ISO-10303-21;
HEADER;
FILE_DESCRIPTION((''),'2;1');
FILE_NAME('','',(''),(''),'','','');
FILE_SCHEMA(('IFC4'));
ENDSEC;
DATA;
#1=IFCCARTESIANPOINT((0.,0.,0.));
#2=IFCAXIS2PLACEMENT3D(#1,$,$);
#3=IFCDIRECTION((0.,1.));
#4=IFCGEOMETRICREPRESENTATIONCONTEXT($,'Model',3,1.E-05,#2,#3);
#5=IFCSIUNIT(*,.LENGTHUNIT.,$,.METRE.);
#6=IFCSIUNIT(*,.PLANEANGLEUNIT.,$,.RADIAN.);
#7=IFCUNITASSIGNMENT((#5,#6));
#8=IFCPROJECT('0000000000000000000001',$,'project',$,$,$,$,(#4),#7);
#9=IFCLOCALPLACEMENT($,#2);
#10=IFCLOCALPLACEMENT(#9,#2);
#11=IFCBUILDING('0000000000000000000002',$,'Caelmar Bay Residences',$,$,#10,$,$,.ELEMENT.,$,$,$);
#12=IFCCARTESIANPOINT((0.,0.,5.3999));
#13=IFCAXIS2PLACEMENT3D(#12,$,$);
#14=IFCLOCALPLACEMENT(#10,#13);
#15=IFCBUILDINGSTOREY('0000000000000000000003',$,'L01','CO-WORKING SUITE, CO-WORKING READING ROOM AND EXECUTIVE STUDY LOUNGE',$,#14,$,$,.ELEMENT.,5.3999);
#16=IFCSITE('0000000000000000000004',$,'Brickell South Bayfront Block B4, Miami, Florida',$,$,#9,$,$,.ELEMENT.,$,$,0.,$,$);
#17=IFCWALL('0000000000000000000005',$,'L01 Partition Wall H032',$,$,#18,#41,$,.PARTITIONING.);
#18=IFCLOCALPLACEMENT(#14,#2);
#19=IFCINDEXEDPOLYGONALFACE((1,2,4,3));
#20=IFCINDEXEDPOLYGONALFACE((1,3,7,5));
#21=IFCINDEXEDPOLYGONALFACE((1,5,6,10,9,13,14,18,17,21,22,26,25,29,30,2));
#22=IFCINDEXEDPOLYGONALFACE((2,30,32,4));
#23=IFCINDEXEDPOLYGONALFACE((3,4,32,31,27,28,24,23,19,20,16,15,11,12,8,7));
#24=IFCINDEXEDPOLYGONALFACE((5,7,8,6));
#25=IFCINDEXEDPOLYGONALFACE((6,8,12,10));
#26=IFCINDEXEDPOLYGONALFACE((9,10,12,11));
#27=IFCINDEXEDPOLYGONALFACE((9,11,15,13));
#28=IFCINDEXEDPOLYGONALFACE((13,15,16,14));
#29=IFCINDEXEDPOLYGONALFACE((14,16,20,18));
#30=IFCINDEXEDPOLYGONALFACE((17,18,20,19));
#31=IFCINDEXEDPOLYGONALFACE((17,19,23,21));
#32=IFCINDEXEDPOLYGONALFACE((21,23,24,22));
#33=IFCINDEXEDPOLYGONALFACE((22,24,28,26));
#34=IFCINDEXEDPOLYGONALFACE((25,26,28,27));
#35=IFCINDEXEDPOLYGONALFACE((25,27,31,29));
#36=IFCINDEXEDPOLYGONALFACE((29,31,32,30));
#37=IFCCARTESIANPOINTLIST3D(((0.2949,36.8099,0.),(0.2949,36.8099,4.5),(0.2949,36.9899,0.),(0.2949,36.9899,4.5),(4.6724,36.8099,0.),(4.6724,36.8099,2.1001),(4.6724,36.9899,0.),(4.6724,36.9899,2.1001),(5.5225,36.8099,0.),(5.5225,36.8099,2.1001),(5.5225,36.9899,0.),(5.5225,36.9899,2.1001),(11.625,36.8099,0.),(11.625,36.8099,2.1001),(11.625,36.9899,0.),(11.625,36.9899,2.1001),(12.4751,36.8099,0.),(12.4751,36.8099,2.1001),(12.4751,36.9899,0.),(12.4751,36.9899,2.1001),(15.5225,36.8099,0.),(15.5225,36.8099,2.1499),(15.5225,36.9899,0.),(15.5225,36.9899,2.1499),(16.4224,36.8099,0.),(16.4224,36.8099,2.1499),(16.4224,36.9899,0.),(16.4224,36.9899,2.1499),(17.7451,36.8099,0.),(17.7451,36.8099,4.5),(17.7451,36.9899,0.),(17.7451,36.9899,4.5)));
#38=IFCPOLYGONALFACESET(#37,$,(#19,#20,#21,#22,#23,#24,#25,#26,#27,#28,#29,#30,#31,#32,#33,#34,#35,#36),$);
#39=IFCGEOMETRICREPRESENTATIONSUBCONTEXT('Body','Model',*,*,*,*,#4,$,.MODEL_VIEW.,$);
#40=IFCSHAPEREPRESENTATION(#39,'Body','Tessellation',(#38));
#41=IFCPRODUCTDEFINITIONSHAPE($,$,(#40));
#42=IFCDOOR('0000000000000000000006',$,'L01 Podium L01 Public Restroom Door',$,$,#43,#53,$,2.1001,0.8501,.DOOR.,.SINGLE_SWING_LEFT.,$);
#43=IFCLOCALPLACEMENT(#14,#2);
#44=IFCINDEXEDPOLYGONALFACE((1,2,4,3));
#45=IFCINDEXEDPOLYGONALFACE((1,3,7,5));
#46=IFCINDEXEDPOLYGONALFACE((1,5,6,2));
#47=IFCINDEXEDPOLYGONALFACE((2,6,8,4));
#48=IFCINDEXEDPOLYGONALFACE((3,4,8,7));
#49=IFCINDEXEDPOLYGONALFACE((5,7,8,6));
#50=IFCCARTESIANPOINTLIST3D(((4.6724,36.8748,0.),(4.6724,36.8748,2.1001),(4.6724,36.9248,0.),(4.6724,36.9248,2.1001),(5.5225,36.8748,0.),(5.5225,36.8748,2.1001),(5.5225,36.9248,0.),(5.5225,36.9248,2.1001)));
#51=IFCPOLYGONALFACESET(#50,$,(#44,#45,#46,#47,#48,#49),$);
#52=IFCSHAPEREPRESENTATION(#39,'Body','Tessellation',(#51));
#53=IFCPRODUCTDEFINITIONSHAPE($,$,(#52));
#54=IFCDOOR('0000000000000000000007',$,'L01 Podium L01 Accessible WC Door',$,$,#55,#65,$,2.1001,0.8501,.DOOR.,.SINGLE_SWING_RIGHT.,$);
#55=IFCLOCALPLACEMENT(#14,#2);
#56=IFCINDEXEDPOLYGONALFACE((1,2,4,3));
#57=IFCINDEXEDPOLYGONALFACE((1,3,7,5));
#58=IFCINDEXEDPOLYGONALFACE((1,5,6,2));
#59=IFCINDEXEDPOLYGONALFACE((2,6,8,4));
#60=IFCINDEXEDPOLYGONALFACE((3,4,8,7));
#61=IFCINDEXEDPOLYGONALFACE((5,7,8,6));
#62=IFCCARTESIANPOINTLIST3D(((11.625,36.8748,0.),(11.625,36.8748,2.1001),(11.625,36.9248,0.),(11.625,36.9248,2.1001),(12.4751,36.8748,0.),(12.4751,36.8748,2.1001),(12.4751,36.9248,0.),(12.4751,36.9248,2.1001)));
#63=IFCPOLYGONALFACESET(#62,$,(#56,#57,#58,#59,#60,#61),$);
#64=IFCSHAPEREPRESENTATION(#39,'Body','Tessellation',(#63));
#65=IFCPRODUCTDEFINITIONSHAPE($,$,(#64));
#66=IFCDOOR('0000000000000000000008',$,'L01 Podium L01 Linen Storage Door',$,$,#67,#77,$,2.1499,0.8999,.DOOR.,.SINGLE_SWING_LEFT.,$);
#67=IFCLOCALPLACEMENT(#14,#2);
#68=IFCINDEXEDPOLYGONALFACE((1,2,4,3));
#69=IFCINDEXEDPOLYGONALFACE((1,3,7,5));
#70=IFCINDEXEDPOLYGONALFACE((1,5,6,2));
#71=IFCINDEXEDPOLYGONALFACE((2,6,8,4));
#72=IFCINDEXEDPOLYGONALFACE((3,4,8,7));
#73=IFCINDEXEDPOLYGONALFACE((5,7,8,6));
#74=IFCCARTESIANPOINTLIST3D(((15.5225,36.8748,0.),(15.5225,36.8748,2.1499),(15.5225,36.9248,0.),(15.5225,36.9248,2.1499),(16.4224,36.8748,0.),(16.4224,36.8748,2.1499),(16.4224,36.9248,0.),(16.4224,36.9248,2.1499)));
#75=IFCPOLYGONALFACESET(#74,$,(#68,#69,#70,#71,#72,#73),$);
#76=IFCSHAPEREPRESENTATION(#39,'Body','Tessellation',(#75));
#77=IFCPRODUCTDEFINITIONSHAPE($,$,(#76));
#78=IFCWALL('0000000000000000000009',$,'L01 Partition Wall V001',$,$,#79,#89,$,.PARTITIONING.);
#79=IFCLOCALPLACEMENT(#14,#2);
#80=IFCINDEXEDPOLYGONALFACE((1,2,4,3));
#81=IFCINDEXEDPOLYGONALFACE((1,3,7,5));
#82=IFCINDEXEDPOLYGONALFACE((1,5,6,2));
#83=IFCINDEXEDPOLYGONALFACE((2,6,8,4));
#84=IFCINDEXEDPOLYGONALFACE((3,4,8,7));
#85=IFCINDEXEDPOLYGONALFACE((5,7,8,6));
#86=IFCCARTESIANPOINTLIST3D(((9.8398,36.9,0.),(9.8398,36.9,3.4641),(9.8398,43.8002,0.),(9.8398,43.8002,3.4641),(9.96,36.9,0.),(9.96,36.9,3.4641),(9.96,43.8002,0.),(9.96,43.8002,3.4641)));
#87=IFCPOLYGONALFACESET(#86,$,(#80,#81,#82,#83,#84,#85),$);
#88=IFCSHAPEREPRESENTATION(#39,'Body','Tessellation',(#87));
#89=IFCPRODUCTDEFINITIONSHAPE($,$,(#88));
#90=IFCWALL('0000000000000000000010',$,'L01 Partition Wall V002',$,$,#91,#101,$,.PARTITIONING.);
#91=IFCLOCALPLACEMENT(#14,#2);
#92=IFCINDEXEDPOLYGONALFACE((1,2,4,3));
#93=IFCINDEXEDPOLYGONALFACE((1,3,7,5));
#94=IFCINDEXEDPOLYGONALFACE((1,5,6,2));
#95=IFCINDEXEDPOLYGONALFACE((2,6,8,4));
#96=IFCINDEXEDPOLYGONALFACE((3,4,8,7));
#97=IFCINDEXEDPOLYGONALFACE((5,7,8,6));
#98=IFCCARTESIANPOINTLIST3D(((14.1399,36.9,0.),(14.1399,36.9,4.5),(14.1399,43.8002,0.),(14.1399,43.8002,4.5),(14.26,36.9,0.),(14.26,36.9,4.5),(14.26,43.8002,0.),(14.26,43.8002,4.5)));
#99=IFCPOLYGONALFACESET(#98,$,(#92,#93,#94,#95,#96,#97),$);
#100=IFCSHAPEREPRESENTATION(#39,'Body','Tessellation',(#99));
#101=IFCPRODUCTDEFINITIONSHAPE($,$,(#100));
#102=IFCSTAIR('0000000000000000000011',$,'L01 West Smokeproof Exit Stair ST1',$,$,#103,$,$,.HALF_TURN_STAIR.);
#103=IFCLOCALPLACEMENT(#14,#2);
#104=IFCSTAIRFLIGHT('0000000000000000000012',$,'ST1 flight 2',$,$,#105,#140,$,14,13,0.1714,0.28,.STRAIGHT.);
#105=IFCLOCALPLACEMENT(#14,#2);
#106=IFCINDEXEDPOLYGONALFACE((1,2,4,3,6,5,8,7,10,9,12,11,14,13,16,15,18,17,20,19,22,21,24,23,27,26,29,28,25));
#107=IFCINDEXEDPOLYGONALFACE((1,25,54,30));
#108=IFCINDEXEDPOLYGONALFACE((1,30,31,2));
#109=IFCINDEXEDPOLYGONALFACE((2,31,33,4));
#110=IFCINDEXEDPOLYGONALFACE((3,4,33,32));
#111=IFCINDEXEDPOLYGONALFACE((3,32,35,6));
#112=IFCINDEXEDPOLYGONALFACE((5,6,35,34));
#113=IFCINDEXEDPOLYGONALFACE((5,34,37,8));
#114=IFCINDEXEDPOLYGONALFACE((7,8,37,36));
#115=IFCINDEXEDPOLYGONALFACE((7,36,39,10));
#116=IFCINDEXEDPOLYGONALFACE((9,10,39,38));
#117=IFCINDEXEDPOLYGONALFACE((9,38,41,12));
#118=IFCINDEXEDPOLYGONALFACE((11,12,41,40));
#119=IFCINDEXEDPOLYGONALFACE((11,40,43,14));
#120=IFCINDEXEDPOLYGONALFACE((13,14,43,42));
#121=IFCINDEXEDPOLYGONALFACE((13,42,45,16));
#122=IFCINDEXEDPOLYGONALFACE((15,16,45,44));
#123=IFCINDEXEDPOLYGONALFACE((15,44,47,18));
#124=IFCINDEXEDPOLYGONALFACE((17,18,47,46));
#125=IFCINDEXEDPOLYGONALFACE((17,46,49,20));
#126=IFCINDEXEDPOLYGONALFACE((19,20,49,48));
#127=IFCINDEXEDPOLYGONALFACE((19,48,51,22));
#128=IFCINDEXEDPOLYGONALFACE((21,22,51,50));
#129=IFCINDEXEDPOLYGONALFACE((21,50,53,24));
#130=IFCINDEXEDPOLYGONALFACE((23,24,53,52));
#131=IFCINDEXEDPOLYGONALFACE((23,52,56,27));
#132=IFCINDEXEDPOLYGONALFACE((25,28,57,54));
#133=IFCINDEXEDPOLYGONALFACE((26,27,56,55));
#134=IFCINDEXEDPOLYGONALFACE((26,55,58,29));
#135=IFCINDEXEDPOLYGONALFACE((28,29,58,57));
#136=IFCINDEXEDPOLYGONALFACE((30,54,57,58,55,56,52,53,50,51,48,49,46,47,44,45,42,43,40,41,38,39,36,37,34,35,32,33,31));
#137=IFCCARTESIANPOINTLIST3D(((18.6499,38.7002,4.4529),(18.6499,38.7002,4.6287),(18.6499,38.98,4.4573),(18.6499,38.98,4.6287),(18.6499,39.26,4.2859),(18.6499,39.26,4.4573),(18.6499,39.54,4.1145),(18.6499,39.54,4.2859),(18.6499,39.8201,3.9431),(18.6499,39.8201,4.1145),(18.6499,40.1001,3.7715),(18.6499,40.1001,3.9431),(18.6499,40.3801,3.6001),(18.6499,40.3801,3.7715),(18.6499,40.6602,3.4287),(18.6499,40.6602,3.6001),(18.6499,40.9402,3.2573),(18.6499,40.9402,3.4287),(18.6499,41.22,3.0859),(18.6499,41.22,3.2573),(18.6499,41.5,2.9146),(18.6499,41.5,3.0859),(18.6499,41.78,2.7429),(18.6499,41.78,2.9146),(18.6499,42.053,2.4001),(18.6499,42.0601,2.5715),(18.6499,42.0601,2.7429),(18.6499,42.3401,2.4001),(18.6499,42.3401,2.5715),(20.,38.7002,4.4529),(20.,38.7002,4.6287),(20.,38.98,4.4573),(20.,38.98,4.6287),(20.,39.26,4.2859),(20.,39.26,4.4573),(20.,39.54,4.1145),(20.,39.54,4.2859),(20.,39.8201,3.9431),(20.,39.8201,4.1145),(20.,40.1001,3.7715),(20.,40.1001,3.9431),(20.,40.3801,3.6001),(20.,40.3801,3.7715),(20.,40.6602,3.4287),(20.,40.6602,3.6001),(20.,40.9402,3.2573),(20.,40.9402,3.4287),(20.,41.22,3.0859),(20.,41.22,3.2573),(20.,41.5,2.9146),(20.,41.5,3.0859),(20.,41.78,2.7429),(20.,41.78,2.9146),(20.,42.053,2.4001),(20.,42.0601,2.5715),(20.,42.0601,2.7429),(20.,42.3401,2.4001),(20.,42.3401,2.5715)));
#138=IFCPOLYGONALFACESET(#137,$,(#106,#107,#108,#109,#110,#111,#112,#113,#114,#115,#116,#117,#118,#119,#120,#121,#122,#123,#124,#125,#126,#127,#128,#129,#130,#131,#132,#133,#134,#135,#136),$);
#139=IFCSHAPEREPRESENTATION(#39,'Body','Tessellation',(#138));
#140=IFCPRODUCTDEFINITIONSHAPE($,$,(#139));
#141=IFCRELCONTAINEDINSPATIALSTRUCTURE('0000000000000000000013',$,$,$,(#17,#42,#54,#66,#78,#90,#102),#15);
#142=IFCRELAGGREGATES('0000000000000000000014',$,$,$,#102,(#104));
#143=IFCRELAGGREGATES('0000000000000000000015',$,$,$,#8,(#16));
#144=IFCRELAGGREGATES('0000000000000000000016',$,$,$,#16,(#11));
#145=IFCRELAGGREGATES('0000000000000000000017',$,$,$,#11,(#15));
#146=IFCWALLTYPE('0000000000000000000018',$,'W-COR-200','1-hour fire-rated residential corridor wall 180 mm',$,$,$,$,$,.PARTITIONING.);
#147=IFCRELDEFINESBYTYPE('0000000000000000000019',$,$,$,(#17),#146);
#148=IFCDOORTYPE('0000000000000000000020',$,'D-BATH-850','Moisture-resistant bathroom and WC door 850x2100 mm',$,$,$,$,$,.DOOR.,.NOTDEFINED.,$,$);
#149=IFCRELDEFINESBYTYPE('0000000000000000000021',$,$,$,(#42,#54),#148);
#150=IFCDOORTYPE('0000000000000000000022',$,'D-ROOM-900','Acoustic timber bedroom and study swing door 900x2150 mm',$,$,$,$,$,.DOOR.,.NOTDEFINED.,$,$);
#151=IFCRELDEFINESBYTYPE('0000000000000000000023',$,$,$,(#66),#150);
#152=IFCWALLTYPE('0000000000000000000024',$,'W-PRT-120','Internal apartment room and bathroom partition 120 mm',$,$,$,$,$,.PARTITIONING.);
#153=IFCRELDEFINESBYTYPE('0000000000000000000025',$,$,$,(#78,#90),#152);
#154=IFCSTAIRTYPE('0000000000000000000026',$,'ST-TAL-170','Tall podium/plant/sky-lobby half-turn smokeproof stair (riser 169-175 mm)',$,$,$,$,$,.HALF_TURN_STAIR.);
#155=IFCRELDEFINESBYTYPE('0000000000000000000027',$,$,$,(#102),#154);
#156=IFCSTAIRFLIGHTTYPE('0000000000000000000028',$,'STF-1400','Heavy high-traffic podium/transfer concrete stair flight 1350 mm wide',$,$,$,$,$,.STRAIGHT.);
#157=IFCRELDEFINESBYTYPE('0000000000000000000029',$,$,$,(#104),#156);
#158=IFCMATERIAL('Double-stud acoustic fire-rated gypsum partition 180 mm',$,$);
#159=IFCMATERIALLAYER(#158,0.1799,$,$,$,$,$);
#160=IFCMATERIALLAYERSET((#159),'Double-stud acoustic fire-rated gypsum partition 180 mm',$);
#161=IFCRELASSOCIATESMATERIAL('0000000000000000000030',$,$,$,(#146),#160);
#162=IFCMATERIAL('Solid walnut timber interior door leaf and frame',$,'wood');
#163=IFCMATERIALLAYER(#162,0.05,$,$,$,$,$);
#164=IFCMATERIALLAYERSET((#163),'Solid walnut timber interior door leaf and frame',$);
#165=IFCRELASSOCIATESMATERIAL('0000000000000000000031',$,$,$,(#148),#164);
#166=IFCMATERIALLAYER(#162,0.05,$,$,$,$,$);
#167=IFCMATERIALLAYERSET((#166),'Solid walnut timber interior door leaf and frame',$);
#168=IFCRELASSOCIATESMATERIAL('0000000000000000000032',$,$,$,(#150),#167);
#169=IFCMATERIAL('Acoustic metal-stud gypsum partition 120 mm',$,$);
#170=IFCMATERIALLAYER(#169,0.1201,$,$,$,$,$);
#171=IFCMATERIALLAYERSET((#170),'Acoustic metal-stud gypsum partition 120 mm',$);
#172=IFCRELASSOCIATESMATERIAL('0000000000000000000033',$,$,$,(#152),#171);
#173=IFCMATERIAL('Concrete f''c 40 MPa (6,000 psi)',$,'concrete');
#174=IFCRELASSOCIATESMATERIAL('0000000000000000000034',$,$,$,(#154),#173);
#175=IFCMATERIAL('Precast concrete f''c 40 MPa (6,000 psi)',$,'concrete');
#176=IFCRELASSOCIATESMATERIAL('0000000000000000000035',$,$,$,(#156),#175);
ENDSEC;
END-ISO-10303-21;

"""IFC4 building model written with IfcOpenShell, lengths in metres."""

from ifc_helpers import new_model, si_unit, direction, frame, frame_2d, origin, place, context, subcontext, project, spatial, polyline, rectangle, outline, extrude, material, layer, layer_set, type_object, element, fill, aggregate, save


model = new_model("IFC4")

# Units and contexts
model_context = context("Model", 3, precision=1e-05, world=origin(), true_north=direction((0.0, 1.0)))
body_context = subcontext(model_context, "Body", "Model", "MODEL_VIEW")
ifc_project = project(units=[si_unit("LENGTHUNIT", "METRE"), si_unit("PLANEANGLEUNIT", "RADIAN")], contexts=[model_context])

# Site, building, storey
site_placement = place(None, origin())
site = spatial("IfcSite", under=ifc_project, at=site_placement, Name="Brickell South Bayfront Block B4, Miami, Florida", CompositionType="ELEMENT", RefElevation=0.0)
building_placement = place(site_placement, origin())
building = spatial("IfcBuilding", under=site, at=building_placement, Name="Caelmar Bay Residences", CompositionType="ELEMENT")
storey_placement = place(building_placement, frame((0.0, 0.0, 5.3999)))
storey = spatial("IfcBuildingStorey", under=building, at=storey_placement, Name="L01", Description="CO-WORKING SUITE, CO-WORKING READING ROOM AND EXECUTIVE STUDY LOUNGE", CompositionType="ELEMENT", Elevation=5.3999)

# Wall, openings, doors
ifc_material_1 = material(Name="Double-stud acoustic fire-rated gypsum partition 180 mm")
ifc_layer_1 = layer(ifc_material_1, 0.1799)
ifc_layer_set_1 = layer_set([ifc_layer_1], Name="Double-stud acoustic fire-rated gypsum partition 180 mm")
wall_type_1 = type_object("IfcWallType", Name="W-COR-200", Description="1-hour fire-rated residential corridor wall 180 mm", PredefinedType="PARTITIONING", material=ifc_layer_set_1)
wall_1_placement = place(storey_placement, frame((0.2949, 36.8999, 0.0), z_axis=(0.0, 0.0, 1.0), x_axis=(1.0, 0.0, 0.0)))
wall_1 = element("IfcWall", 1, at=wall_1_placement, inside=storey, type_object=wall_type_1, Name="L01 Partition Wall H032", PredefinedType="PARTITIONING", context=body_context, shape_type="SweptSolid", body=[
    extrude(rectangle(XDim=17.4502, YDim=0.1799, at=frame_2d((8.7251, 0.0))), origin(), (0.0, 0.0, 1.0), 4.5),
])
opening_1_placement = place(wall_1_placement, frame((4.3774, 0.0, 0.0)))
opening_1 = element("IfcOpeningElement", 2, at=opening_1_placement, cuts=wall_1, PredefinedType="OPENING", context=body_context, shape_type="SweptSolid", body=[
    extrude(rectangle(XDim=0.8501, YDim=2.1001, at=frame_2d((0.425, 1.05))), frame((0.0, 0.0999, 0.0), z_axis=(0.0, -1.0, 0.0), x_axis=(1.0, 0.0, 0.0)), (0.0, 0.0, 1.0), 0.2),
])
opening_2_placement = place(wall_1_placement, frame((11.3301, 0.0, 0.0)))
opening_2 = element("IfcOpeningElement", 3, at=opening_2_placement, cuts=wall_1, PredefinedType="OPENING", context=body_context, shape_type="SweptSolid", body=[
    extrude(rectangle(XDim=0.8501, YDim=2.1001, at=frame_2d((0.425, 1.05))), frame((0.0, 0.0999, 0.0), z_axis=(0.0, -1.0, 0.0), x_axis=(1.0, 0.0, 0.0)), (0.0, 0.0, 1.0), 0.2),
])
opening_3_placement = place(wall_1_placement, frame((15.2275, 0.0, 0.0)))
opening_3 = element("IfcOpeningElement", 4, at=opening_3_placement, cuts=wall_1, PredefinedType="OPENING", context=body_context, shape_type="SweptSolid", body=[
    extrude(rectangle(XDim=0.8999, YDim=2.1499, at=frame_2d((0.45, 1.075))), frame((0.0, 0.0999, 0.0), z_axis=(0.0, -1.0, 0.0), x_axis=(1.0, 0.0, 0.0)), (0.0, 0.0, 1.0), 0.2),
])
ifc_material_2 = material(Name="Solid walnut timber interior door leaf and frame", Category="wood")
ifc_layer_2 = layer(ifc_material_2, 0.05)
ifc_layer_set_2 = layer_set([ifc_layer_2], Name="Solid walnut timber interior door leaf and frame")
door_type_1 = type_object("IfcDoorType", Name="D-BATH-850", Description="Moisture-resistant bathroom and WC door 850x2100 mm", OperationType="NOTDEFINED", PredefinedType="DOOR", material=ifc_layer_set_2)
door_1_placement = place(opening_1_placement, origin())
door_1 = element("IfcDoor", 5, at=door_1_placement, inside=storey, type_object=door_type_1, Name="L01 Podium L01 Public Restroom Door", OperationType="SINGLE_SWING_LEFT", OverallHeight=2.1001, OverallWidth=0.8501, PredefinedType="DOOR", context=body_context, shape_type="SweptSolid", body=[
    extrude(rectangle(XDim=0.8501, YDim=2.1001, at=frame_2d((0.425, 1.05))), frame((0.0, 0.0249, 0.0), z_axis=(0.0, -1.0, 0.0), x_axis=(1.0, 0.0, 0.0)), (0.0, 0.0, 1.0), 0.05),
])
fill(opening_1, door_1)
door_2_placement = place(opening_2_placement, origin())
door_2 = element("IfcDoor", 6, at=door_2_placement, inside=storey, type_object=door_type_1, Name="L01 Podium L01 Accessible WC Door", OperationType="SINGLE_SWING_RIGHT", OverallHeight=2.1001, OverallWidth=0.8501, PredefinedType="DOOR", context=body_context, shape_type="SweptSolid", body=[
    extrude(rectangle(XDim=0.8501, YDim=2.1001, at=frame_2d((0.425, 1.05))), frame((0.0, 0.0249, 0.0), z_axis=(0.0, -1.0, 0.0), x_axis=(1.0, 0.0, 0.0)), (0.0, 0.0, 1.0), 0.05),
])
fill(opening_2, door_2)
ifc_layer_3 = layer(ifc_material_2, 0.05)
ifc_layer_set_3 = layer_set([ifc_layer_3], Name="Solid walnut timber interior door leaf and frame")
door_type_2 = type_object("IfcDoorType", Name="D-ROOM-900", Description="Acoustic timber bedroom and study swing door 900x2150 mm", OperationType="NOTDEFINED", PredefinedType="DOOR", material=ifc_layer_set_3)
door_3_placement = place(opening_3_placement, origin())
door_3 = element("IfcDoor", 7, at=door_3_placement, inside=storey, type_object=door_type_2, Name="L01 Podium L01 Linen Storage Door", OperationType="SINGLE_SWING_LEFT", OverallHeight=2.1499, OverallWidth=0.8999, PredefinedType="DOOR", context=body_context, shape_type="SweptSolid", body=[
    extrude(rectangle(XDim=0.8999, YDim=2.1499, at=frame_2d((0.45, 1.075))), frame((0.0, 0.0249, 0.0), z_axis=(0.0, -1.0, 0.0), x_axis=(1.0, 0.0, 0.0)), (0.0, 0.0, 1.0), 0.05),
])
fill(opening_3, door_3)

# Walls
ifc_material_3 = material(Name="Acoustic metal-stud gypsum partition 120 mm")
ifc_layer_4 = layer(ifc_material_3, 0.1201)
ifc_layer_set_4 = layer_set([ifc_layer_4], Name="Acoustic metal-stud gypsum partition 120 mm")
wall_type_2 = type_object("IfcWallType", Name="W-PRT-120", Description="Internal apartment room and bathroom partition 120 mm", PredefinedType="PARTITIONING", material=ifc_layer_set_4)
wall_2_placement = place(storey_placement, frame((9.8999, 36.8999, 0.0), z_axis=(0.0, 0.0, 1.0), x_axis=(0.0, 1.0, 0.0)))
element("IfcWall", 8, at=wall_2_placement, inside=storey, type_object=wall_type_2, Name="L01 Partition Wall V001", PredefinedType="PARTITIONING", context=body_context, shape_type="SweptSolid", body=[
    extrude(rectangle(XDim=6.9001, YDim=0.1201, at=frame_2d((3.4502, 0.0))), origin(), (0.0, 0.0, 1.0), 3.4641),
])
wall_3_placement = place(storey_placement, frame((14.2, 36.8999, 0.0), z_axis=(0.0, 0.0, 1.0), x_axis=(0.0, 1.0, 0.0)))
element("IfcWall", 9, at=wall_3_placement, inside=storey, type_object=wall_type_2, Name="L01 Partition Wall V002", PredefinedType="PARTITIONING", context=body_context, shape_type="SweptSolid", body=[
    extrude(rectangle(XDim=6.9001, YDim=0.1201, at=frame_2d((3.4502, 0.0))), origin(), (0.0, 0.0, 1.0), 4.5),
])

# Stair, stair flight
ifc_material_4 = material(Name="Concrete f'c 40 MPa (6,000 psi)", Category="concrete")
stair_type = type_object("IfcStairType", Name="ST-TAL-170", Description="Tall podium/plant/sky-lobby half-turn smokeproof stair (riser 169-175 mm)", PredefinedType="HALF_TURN_STAIR", material=ifc_material_4)
stair_placement = place(storey_placement, origin())
stair = element("IfcStair", 10, at=stair_placement, inside=storey, type_object=stair_type, Name="L01 West Smokeproof Exit Stair ST1", PredefinedType="HALF_TURN_STAIR")
ifc_material_5 = material(Name="Precast concrete f'c 40 MPa (6,000 psi)", Category="concrete")
stair_flight_type = type_object("IfcStairFlightType", Name="STF-1400", Description="Heavy high-traffic podium/transfer concrete stair flight 1350 mm wide", PredefinedType="STRAIGHT", material=ifc_material_5)
stair_flight_placement = place(storey_placement, frame((19.325, 42.3401, 2.4001), z_axis=(0.0, 0.0, 1.0), x_axis=(0.0, -1.0, 0.0)))
stair_flight = element("IfcStairFlight", 11, at=stair_flight_placement, type_object=stair_flight_type, Name="ST1 flight 2", NumberOfRisers=14, NumberOfTreads=13, PredefinedType="STRAIGHT", RiserHeight=0.1714, TreadLength=0.28, context=body_context, shape_type="SweptSolid", body=[
    extrude(outline(polyline([(0.0, 0.0), (0.0, 0.1714), (0.28, 0.1714), (0.28, 0.3428), (0.5601, 0.3428), (0.5601, 0.5144), (0.8401, 0.5144), (0.8401, 0.6858), (1.1201, 0.6858), (1.1201, 0.8572), (1.3999, 0.8572), (1.3999, 1.0286), (1.6799, 1.0286), (1.6799, 1.2), (1.96, 1.2), (1.96, 1.3713), (2.24, 1.3713), (2.24, 1.543), (2.52, 1.543), (2.52, 1.7144), (2.8, 1.7144), (2.8, 1.8857), (3.0801, 1.8857), (3.0801, 2.0571), (3.3601, 2.0571), (3.3601, 2.2285), (3.6399, 2.2285), (3.6399, 2.3999), (3.6399, 2.0527), (0.2871, 0.0), (0.0, 0.0)])), frame((0.0, 0.675, 0.0), z_axis=(0.0, -1.0, 0.0), x_axis=(1.0, 0.0, 0.0)), (0.0, 0.0, 1.0), 1.3501),
])
aggregate(stair, [stair_flight])

save(model, "model.ifc")
